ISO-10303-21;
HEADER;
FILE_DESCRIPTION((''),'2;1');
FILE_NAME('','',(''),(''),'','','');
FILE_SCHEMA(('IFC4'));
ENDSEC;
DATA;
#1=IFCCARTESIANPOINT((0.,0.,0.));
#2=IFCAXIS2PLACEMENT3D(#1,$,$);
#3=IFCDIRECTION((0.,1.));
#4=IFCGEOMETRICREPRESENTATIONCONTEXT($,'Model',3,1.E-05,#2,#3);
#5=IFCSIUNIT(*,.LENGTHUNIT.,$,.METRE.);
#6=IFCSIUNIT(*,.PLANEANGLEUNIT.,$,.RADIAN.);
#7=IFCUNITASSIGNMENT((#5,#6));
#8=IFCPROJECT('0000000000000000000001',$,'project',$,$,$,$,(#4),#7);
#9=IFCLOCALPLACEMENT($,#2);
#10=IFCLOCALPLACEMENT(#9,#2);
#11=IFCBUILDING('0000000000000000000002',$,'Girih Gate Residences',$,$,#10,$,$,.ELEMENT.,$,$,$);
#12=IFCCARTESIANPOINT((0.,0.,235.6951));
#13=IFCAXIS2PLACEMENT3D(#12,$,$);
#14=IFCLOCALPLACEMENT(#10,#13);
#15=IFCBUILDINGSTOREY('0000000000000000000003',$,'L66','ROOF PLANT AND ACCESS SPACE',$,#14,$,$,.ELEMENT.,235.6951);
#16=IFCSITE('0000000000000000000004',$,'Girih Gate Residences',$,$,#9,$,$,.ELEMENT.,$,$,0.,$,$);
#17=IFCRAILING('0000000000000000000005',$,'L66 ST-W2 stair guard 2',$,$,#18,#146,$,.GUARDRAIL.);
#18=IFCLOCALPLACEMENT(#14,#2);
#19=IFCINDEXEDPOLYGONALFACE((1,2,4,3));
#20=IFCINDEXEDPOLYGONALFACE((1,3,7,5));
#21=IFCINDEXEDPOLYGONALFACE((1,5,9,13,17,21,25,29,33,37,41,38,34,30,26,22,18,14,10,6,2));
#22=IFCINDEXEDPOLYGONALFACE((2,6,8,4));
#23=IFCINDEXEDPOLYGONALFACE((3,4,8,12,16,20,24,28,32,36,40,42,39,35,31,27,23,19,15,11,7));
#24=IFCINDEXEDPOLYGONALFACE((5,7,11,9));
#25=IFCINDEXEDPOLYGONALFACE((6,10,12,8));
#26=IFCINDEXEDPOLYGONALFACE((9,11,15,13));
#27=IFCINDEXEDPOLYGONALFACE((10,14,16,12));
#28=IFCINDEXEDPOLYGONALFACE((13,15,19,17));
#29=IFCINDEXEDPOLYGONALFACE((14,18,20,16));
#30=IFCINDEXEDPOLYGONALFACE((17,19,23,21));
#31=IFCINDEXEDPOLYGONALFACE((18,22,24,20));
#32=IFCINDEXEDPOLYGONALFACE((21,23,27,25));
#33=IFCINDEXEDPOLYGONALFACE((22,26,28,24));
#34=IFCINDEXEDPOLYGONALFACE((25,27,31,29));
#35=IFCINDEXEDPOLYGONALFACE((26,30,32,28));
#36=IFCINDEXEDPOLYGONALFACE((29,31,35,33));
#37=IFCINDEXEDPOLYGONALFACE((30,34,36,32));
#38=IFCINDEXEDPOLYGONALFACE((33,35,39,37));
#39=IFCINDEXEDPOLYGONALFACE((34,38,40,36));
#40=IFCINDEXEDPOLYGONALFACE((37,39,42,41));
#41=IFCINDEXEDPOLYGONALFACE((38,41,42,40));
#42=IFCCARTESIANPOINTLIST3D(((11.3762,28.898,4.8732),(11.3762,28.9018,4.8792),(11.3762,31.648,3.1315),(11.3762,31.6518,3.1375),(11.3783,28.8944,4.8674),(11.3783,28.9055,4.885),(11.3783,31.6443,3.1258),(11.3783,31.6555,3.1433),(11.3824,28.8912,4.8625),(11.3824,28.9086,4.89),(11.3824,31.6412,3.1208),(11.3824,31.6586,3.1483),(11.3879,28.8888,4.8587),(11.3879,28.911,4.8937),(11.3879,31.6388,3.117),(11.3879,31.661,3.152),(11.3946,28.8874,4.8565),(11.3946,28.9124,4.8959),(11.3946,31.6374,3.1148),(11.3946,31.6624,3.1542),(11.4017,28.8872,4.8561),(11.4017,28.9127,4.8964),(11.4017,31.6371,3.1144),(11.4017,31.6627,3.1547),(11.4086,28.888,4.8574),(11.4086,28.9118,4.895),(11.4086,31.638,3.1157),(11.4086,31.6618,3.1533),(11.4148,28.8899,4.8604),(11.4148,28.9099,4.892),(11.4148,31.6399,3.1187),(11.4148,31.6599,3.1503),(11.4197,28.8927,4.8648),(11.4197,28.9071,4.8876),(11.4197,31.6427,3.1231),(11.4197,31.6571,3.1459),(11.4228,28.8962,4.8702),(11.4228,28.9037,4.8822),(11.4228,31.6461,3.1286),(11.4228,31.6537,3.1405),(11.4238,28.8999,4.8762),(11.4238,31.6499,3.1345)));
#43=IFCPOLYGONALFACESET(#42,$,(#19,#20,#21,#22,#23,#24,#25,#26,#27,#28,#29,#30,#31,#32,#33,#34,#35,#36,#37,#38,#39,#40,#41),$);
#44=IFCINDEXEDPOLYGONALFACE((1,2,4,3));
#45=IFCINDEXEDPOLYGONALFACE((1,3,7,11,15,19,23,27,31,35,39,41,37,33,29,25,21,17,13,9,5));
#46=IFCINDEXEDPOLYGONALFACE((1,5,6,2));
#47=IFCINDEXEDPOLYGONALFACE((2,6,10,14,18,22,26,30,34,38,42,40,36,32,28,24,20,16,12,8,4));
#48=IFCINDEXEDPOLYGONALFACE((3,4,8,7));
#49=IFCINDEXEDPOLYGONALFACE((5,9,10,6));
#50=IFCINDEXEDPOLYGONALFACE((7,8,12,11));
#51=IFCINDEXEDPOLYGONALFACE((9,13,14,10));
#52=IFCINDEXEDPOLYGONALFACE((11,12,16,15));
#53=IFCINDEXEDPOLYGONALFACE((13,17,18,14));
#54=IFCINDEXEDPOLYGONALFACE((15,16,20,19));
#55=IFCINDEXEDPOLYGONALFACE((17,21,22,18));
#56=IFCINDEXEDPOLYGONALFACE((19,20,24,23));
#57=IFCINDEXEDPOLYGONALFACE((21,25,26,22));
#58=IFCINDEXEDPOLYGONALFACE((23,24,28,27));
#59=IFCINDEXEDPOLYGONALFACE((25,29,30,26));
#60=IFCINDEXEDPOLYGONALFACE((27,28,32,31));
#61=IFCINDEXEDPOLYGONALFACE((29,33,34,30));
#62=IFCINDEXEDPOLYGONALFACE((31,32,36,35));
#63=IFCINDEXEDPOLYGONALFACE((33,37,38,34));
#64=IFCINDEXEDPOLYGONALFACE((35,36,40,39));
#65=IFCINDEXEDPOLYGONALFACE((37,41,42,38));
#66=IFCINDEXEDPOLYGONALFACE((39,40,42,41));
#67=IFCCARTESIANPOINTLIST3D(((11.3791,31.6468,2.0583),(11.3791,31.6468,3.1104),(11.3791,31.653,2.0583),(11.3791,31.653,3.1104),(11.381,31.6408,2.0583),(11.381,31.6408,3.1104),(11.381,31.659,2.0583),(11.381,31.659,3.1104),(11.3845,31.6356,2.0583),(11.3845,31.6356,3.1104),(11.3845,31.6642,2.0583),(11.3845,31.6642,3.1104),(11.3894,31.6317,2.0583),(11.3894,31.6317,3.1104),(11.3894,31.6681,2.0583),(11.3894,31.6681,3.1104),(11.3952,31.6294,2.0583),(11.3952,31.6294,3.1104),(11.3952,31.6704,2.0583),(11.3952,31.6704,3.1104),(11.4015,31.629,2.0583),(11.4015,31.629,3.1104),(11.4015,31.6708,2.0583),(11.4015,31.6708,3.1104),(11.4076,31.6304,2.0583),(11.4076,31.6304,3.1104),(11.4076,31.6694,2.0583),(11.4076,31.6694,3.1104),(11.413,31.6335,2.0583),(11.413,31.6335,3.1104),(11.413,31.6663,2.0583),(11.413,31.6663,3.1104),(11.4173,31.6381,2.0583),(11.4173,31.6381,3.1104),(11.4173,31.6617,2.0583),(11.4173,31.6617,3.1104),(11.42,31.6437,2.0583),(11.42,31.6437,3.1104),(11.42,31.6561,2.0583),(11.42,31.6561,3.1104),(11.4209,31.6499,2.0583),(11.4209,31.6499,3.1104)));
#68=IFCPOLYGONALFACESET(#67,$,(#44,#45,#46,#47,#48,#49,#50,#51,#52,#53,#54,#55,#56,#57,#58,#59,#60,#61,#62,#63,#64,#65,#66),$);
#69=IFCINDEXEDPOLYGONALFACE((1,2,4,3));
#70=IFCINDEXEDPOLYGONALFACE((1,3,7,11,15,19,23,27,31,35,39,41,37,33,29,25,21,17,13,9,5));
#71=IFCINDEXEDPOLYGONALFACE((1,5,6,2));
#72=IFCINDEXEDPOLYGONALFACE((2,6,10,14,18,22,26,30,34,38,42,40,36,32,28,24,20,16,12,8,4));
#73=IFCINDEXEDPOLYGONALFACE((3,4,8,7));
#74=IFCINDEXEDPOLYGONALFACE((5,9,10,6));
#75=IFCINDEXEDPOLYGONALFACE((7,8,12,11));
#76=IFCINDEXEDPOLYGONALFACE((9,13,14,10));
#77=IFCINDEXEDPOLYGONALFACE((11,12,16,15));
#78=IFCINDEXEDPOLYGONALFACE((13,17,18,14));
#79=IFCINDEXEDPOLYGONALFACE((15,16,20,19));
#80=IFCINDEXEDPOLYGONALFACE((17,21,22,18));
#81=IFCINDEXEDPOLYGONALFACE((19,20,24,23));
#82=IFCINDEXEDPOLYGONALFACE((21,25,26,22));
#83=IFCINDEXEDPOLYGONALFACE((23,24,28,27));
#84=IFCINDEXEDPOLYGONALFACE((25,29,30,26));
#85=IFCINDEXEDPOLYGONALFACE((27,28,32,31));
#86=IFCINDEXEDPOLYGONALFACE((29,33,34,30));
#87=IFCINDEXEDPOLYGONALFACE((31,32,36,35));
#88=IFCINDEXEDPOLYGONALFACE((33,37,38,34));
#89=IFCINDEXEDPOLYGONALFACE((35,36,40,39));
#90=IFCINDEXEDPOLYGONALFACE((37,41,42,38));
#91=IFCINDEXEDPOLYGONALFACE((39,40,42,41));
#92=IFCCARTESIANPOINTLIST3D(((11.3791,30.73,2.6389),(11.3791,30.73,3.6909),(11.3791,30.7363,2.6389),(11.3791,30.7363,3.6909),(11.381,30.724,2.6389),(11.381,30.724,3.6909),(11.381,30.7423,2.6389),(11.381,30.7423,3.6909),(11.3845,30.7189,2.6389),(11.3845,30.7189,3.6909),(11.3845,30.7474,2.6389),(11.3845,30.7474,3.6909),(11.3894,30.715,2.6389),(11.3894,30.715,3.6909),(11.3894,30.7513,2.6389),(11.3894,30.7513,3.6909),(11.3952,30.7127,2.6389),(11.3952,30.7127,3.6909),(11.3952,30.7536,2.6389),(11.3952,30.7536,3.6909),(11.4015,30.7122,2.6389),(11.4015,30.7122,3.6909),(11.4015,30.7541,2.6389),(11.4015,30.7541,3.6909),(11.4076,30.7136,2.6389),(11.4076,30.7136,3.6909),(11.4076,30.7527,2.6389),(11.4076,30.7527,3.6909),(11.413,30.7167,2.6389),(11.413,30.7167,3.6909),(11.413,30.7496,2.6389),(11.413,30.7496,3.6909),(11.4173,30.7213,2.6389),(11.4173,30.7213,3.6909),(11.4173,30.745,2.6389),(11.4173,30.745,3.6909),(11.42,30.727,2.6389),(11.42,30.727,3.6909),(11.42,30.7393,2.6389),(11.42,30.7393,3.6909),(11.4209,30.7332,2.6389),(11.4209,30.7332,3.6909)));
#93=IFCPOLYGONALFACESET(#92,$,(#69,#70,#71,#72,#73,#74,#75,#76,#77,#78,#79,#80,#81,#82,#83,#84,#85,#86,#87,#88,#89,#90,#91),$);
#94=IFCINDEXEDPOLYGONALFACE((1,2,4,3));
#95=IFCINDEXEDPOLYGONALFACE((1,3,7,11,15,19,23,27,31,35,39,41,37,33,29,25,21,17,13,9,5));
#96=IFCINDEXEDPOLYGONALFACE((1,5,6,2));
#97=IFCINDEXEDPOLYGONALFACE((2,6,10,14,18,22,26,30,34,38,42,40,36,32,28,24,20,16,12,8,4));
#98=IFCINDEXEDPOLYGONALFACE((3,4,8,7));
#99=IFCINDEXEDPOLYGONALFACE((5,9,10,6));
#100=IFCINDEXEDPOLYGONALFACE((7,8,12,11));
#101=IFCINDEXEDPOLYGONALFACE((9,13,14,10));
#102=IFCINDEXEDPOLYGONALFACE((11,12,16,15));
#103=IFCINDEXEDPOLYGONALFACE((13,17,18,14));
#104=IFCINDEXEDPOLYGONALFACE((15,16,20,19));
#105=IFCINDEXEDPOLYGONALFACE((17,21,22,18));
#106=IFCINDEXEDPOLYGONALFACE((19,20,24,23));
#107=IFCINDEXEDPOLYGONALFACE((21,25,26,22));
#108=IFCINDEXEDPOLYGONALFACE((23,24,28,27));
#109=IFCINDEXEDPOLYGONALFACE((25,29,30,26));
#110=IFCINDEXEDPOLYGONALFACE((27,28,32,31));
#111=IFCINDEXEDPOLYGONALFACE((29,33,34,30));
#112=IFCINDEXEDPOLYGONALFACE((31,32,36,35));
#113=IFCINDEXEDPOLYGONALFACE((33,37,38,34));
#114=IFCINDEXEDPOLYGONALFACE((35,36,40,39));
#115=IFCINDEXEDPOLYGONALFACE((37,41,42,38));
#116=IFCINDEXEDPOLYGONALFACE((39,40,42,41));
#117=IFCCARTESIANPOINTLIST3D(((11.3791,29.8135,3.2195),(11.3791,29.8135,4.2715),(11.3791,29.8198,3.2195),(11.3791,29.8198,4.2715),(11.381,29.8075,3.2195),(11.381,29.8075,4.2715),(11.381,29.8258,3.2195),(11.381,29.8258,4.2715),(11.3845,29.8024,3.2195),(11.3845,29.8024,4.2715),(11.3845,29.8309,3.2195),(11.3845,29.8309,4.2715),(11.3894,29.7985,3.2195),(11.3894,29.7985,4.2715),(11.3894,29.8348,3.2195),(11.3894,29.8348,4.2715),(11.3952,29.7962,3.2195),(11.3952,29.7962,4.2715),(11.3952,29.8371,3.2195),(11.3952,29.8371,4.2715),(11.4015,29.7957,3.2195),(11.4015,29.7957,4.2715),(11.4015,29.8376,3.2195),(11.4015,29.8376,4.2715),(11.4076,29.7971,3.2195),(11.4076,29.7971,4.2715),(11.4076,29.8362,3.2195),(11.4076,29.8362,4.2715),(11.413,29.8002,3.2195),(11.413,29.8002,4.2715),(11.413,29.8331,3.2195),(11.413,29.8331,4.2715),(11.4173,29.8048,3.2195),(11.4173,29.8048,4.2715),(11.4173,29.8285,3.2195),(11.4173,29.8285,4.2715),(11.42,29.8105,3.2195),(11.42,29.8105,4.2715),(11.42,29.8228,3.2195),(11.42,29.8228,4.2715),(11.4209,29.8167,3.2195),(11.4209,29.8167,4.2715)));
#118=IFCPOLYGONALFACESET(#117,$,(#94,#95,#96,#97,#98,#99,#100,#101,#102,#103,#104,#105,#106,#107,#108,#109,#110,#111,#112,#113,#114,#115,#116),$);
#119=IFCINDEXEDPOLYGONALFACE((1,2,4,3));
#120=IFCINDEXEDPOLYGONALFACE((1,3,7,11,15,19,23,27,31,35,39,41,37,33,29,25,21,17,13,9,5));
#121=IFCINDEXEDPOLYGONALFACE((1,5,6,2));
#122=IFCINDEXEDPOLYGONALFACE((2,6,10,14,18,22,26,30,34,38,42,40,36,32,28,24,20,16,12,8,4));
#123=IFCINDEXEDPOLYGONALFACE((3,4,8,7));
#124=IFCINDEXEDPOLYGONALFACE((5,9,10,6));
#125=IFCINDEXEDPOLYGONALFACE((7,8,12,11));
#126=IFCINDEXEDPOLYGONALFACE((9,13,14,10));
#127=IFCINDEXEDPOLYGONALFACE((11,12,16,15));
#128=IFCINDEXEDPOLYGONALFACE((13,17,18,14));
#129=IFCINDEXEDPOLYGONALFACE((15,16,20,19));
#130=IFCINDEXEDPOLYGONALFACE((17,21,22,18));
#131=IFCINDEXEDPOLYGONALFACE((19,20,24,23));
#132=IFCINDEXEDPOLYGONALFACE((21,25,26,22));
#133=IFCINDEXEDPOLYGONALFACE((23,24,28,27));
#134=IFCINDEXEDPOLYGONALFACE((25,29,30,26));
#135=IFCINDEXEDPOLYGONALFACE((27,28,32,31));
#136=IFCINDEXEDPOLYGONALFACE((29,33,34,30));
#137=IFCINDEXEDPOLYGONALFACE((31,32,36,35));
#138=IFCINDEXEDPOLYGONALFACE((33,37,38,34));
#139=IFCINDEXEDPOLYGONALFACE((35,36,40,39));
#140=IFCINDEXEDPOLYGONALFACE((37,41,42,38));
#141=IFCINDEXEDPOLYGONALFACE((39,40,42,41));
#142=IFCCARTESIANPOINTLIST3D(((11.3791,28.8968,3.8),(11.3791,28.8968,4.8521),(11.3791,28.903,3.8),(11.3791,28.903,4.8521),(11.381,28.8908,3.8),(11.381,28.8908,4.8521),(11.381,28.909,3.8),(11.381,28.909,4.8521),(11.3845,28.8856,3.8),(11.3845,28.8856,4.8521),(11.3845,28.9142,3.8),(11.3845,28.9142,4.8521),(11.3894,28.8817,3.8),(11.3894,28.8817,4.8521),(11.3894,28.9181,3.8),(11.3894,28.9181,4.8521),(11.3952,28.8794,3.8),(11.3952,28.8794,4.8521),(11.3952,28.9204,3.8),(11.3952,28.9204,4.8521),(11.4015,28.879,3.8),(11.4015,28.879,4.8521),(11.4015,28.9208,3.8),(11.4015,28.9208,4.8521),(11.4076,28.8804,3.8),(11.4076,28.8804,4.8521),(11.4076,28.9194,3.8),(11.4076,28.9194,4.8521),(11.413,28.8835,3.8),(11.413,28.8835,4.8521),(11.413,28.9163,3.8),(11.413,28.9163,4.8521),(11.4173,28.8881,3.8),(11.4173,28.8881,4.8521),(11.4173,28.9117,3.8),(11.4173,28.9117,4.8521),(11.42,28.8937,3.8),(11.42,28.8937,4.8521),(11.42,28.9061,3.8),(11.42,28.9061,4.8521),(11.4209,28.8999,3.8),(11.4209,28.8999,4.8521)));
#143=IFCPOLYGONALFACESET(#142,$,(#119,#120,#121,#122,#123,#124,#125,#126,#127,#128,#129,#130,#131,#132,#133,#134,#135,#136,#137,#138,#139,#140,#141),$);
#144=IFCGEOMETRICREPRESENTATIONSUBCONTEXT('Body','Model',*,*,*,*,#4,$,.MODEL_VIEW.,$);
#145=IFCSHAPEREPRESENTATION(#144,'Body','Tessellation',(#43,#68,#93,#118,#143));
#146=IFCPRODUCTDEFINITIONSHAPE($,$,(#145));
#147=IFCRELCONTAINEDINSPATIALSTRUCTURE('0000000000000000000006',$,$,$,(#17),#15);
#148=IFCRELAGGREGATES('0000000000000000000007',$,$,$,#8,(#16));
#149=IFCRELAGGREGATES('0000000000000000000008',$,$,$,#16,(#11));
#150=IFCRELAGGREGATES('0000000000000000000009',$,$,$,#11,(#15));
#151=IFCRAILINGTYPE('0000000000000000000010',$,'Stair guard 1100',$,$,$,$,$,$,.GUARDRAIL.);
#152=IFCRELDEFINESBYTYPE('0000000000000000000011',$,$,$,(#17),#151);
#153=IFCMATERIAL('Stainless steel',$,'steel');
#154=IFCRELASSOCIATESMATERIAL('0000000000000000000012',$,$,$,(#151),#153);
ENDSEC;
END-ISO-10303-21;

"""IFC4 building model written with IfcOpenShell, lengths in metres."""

from ifc_helpers import new_model, si_unit, direction, frame, origin, origin_2d, place, context, subcontext, project, spatial, circle, extrude, material, type_object, element, save


model = new_model("IFC4")

# Units and contexts
model_context = context("Model", 3, precision=1e-05, world=origin(), true_north=direction((0.0, 1.0)))
body_context = subcontext(model_context, "Body", "Model", "MODEL_VIEW")
ifc_project = project(units=[si_unit("LENGTHUNIT", "METRE"), si_unit("PLANEANGLEUNIT", "RADIAN")], contexts=[model_context])

# Site, building, storey
site_placement = place(None, origin())
site = spatial("IfcSite", under=ifc_project, at=site_placement, Name="Girih Gate Residences", CompositionType="ELEMENT", RefElevation=0.0)
building_placement = place(site_placement, origin())
building = spatial("IfcBuilding", under=site, at=building_placement, Name="Girih Gate Residences", CompositionType="ELEMENT")
storey_placement = place(building_placement, frame((0.0, 0.0, 235.6951)))
storey = spatial("IfcBuildingStorey", under=building, at=storey_placement, Name="L66", Description="ROOF PLANT AND ACCESS SPACE", CompositionType="ELEMENT", Elevation=235.6951)

# Railing
ifc_material_1 = material(Name="Stainless steel", Category="steel")
railing_type_1 = type_object("IfcRailingType", Name="Stair guard 1100", PredefinedType="GUARDRAIL", material=ifc_material_1)
railing_1_placement = place(storey_placement, frame((11.3999, 31.6499, 2.0583)))
element("IfcRailing", 1, at=railing_1_placement, inside=storey, type_object=railing_type_1, Name="L66 ST-W2 stair guard 2", PredefinedType="GUARDRAIL", context=body_context, shape_type="SweptSolid", body=[
    extrude(circle(Radius=0.0239, at=origin_2d()), frame((0.0, 0.0, 1.0762), z_axis=(0.0, -0.844815, 0.535059), x_axis=(1.0, 0.0, 0.0)), (0.0, 0.0, 1.0), 3.2551),
    extrude(circle(Radius=0.021, at=origin_2d()), origin(), (0.0, 0.0, 1.0), 1.052),
    extrude(circle(Radius=0.021, at=origin_2d()), frame((0.0, -0.9167, 0.5806)), (0.0, 0.0, 1.0), 1.052),
    extrude(circle(Radius=0.021, at=origin_2d()), frame((0.0, -1.8333, 1.1611)), (0.0, 0.0, 1.0), 1.052),
    extrude(circle(Radius=0.021, at=origin_2d()), frame((0.0, -2.75, 1.7417)), (0.0, 0.0, 1.0), 1.052),
])

save(model, "model.ifc")
